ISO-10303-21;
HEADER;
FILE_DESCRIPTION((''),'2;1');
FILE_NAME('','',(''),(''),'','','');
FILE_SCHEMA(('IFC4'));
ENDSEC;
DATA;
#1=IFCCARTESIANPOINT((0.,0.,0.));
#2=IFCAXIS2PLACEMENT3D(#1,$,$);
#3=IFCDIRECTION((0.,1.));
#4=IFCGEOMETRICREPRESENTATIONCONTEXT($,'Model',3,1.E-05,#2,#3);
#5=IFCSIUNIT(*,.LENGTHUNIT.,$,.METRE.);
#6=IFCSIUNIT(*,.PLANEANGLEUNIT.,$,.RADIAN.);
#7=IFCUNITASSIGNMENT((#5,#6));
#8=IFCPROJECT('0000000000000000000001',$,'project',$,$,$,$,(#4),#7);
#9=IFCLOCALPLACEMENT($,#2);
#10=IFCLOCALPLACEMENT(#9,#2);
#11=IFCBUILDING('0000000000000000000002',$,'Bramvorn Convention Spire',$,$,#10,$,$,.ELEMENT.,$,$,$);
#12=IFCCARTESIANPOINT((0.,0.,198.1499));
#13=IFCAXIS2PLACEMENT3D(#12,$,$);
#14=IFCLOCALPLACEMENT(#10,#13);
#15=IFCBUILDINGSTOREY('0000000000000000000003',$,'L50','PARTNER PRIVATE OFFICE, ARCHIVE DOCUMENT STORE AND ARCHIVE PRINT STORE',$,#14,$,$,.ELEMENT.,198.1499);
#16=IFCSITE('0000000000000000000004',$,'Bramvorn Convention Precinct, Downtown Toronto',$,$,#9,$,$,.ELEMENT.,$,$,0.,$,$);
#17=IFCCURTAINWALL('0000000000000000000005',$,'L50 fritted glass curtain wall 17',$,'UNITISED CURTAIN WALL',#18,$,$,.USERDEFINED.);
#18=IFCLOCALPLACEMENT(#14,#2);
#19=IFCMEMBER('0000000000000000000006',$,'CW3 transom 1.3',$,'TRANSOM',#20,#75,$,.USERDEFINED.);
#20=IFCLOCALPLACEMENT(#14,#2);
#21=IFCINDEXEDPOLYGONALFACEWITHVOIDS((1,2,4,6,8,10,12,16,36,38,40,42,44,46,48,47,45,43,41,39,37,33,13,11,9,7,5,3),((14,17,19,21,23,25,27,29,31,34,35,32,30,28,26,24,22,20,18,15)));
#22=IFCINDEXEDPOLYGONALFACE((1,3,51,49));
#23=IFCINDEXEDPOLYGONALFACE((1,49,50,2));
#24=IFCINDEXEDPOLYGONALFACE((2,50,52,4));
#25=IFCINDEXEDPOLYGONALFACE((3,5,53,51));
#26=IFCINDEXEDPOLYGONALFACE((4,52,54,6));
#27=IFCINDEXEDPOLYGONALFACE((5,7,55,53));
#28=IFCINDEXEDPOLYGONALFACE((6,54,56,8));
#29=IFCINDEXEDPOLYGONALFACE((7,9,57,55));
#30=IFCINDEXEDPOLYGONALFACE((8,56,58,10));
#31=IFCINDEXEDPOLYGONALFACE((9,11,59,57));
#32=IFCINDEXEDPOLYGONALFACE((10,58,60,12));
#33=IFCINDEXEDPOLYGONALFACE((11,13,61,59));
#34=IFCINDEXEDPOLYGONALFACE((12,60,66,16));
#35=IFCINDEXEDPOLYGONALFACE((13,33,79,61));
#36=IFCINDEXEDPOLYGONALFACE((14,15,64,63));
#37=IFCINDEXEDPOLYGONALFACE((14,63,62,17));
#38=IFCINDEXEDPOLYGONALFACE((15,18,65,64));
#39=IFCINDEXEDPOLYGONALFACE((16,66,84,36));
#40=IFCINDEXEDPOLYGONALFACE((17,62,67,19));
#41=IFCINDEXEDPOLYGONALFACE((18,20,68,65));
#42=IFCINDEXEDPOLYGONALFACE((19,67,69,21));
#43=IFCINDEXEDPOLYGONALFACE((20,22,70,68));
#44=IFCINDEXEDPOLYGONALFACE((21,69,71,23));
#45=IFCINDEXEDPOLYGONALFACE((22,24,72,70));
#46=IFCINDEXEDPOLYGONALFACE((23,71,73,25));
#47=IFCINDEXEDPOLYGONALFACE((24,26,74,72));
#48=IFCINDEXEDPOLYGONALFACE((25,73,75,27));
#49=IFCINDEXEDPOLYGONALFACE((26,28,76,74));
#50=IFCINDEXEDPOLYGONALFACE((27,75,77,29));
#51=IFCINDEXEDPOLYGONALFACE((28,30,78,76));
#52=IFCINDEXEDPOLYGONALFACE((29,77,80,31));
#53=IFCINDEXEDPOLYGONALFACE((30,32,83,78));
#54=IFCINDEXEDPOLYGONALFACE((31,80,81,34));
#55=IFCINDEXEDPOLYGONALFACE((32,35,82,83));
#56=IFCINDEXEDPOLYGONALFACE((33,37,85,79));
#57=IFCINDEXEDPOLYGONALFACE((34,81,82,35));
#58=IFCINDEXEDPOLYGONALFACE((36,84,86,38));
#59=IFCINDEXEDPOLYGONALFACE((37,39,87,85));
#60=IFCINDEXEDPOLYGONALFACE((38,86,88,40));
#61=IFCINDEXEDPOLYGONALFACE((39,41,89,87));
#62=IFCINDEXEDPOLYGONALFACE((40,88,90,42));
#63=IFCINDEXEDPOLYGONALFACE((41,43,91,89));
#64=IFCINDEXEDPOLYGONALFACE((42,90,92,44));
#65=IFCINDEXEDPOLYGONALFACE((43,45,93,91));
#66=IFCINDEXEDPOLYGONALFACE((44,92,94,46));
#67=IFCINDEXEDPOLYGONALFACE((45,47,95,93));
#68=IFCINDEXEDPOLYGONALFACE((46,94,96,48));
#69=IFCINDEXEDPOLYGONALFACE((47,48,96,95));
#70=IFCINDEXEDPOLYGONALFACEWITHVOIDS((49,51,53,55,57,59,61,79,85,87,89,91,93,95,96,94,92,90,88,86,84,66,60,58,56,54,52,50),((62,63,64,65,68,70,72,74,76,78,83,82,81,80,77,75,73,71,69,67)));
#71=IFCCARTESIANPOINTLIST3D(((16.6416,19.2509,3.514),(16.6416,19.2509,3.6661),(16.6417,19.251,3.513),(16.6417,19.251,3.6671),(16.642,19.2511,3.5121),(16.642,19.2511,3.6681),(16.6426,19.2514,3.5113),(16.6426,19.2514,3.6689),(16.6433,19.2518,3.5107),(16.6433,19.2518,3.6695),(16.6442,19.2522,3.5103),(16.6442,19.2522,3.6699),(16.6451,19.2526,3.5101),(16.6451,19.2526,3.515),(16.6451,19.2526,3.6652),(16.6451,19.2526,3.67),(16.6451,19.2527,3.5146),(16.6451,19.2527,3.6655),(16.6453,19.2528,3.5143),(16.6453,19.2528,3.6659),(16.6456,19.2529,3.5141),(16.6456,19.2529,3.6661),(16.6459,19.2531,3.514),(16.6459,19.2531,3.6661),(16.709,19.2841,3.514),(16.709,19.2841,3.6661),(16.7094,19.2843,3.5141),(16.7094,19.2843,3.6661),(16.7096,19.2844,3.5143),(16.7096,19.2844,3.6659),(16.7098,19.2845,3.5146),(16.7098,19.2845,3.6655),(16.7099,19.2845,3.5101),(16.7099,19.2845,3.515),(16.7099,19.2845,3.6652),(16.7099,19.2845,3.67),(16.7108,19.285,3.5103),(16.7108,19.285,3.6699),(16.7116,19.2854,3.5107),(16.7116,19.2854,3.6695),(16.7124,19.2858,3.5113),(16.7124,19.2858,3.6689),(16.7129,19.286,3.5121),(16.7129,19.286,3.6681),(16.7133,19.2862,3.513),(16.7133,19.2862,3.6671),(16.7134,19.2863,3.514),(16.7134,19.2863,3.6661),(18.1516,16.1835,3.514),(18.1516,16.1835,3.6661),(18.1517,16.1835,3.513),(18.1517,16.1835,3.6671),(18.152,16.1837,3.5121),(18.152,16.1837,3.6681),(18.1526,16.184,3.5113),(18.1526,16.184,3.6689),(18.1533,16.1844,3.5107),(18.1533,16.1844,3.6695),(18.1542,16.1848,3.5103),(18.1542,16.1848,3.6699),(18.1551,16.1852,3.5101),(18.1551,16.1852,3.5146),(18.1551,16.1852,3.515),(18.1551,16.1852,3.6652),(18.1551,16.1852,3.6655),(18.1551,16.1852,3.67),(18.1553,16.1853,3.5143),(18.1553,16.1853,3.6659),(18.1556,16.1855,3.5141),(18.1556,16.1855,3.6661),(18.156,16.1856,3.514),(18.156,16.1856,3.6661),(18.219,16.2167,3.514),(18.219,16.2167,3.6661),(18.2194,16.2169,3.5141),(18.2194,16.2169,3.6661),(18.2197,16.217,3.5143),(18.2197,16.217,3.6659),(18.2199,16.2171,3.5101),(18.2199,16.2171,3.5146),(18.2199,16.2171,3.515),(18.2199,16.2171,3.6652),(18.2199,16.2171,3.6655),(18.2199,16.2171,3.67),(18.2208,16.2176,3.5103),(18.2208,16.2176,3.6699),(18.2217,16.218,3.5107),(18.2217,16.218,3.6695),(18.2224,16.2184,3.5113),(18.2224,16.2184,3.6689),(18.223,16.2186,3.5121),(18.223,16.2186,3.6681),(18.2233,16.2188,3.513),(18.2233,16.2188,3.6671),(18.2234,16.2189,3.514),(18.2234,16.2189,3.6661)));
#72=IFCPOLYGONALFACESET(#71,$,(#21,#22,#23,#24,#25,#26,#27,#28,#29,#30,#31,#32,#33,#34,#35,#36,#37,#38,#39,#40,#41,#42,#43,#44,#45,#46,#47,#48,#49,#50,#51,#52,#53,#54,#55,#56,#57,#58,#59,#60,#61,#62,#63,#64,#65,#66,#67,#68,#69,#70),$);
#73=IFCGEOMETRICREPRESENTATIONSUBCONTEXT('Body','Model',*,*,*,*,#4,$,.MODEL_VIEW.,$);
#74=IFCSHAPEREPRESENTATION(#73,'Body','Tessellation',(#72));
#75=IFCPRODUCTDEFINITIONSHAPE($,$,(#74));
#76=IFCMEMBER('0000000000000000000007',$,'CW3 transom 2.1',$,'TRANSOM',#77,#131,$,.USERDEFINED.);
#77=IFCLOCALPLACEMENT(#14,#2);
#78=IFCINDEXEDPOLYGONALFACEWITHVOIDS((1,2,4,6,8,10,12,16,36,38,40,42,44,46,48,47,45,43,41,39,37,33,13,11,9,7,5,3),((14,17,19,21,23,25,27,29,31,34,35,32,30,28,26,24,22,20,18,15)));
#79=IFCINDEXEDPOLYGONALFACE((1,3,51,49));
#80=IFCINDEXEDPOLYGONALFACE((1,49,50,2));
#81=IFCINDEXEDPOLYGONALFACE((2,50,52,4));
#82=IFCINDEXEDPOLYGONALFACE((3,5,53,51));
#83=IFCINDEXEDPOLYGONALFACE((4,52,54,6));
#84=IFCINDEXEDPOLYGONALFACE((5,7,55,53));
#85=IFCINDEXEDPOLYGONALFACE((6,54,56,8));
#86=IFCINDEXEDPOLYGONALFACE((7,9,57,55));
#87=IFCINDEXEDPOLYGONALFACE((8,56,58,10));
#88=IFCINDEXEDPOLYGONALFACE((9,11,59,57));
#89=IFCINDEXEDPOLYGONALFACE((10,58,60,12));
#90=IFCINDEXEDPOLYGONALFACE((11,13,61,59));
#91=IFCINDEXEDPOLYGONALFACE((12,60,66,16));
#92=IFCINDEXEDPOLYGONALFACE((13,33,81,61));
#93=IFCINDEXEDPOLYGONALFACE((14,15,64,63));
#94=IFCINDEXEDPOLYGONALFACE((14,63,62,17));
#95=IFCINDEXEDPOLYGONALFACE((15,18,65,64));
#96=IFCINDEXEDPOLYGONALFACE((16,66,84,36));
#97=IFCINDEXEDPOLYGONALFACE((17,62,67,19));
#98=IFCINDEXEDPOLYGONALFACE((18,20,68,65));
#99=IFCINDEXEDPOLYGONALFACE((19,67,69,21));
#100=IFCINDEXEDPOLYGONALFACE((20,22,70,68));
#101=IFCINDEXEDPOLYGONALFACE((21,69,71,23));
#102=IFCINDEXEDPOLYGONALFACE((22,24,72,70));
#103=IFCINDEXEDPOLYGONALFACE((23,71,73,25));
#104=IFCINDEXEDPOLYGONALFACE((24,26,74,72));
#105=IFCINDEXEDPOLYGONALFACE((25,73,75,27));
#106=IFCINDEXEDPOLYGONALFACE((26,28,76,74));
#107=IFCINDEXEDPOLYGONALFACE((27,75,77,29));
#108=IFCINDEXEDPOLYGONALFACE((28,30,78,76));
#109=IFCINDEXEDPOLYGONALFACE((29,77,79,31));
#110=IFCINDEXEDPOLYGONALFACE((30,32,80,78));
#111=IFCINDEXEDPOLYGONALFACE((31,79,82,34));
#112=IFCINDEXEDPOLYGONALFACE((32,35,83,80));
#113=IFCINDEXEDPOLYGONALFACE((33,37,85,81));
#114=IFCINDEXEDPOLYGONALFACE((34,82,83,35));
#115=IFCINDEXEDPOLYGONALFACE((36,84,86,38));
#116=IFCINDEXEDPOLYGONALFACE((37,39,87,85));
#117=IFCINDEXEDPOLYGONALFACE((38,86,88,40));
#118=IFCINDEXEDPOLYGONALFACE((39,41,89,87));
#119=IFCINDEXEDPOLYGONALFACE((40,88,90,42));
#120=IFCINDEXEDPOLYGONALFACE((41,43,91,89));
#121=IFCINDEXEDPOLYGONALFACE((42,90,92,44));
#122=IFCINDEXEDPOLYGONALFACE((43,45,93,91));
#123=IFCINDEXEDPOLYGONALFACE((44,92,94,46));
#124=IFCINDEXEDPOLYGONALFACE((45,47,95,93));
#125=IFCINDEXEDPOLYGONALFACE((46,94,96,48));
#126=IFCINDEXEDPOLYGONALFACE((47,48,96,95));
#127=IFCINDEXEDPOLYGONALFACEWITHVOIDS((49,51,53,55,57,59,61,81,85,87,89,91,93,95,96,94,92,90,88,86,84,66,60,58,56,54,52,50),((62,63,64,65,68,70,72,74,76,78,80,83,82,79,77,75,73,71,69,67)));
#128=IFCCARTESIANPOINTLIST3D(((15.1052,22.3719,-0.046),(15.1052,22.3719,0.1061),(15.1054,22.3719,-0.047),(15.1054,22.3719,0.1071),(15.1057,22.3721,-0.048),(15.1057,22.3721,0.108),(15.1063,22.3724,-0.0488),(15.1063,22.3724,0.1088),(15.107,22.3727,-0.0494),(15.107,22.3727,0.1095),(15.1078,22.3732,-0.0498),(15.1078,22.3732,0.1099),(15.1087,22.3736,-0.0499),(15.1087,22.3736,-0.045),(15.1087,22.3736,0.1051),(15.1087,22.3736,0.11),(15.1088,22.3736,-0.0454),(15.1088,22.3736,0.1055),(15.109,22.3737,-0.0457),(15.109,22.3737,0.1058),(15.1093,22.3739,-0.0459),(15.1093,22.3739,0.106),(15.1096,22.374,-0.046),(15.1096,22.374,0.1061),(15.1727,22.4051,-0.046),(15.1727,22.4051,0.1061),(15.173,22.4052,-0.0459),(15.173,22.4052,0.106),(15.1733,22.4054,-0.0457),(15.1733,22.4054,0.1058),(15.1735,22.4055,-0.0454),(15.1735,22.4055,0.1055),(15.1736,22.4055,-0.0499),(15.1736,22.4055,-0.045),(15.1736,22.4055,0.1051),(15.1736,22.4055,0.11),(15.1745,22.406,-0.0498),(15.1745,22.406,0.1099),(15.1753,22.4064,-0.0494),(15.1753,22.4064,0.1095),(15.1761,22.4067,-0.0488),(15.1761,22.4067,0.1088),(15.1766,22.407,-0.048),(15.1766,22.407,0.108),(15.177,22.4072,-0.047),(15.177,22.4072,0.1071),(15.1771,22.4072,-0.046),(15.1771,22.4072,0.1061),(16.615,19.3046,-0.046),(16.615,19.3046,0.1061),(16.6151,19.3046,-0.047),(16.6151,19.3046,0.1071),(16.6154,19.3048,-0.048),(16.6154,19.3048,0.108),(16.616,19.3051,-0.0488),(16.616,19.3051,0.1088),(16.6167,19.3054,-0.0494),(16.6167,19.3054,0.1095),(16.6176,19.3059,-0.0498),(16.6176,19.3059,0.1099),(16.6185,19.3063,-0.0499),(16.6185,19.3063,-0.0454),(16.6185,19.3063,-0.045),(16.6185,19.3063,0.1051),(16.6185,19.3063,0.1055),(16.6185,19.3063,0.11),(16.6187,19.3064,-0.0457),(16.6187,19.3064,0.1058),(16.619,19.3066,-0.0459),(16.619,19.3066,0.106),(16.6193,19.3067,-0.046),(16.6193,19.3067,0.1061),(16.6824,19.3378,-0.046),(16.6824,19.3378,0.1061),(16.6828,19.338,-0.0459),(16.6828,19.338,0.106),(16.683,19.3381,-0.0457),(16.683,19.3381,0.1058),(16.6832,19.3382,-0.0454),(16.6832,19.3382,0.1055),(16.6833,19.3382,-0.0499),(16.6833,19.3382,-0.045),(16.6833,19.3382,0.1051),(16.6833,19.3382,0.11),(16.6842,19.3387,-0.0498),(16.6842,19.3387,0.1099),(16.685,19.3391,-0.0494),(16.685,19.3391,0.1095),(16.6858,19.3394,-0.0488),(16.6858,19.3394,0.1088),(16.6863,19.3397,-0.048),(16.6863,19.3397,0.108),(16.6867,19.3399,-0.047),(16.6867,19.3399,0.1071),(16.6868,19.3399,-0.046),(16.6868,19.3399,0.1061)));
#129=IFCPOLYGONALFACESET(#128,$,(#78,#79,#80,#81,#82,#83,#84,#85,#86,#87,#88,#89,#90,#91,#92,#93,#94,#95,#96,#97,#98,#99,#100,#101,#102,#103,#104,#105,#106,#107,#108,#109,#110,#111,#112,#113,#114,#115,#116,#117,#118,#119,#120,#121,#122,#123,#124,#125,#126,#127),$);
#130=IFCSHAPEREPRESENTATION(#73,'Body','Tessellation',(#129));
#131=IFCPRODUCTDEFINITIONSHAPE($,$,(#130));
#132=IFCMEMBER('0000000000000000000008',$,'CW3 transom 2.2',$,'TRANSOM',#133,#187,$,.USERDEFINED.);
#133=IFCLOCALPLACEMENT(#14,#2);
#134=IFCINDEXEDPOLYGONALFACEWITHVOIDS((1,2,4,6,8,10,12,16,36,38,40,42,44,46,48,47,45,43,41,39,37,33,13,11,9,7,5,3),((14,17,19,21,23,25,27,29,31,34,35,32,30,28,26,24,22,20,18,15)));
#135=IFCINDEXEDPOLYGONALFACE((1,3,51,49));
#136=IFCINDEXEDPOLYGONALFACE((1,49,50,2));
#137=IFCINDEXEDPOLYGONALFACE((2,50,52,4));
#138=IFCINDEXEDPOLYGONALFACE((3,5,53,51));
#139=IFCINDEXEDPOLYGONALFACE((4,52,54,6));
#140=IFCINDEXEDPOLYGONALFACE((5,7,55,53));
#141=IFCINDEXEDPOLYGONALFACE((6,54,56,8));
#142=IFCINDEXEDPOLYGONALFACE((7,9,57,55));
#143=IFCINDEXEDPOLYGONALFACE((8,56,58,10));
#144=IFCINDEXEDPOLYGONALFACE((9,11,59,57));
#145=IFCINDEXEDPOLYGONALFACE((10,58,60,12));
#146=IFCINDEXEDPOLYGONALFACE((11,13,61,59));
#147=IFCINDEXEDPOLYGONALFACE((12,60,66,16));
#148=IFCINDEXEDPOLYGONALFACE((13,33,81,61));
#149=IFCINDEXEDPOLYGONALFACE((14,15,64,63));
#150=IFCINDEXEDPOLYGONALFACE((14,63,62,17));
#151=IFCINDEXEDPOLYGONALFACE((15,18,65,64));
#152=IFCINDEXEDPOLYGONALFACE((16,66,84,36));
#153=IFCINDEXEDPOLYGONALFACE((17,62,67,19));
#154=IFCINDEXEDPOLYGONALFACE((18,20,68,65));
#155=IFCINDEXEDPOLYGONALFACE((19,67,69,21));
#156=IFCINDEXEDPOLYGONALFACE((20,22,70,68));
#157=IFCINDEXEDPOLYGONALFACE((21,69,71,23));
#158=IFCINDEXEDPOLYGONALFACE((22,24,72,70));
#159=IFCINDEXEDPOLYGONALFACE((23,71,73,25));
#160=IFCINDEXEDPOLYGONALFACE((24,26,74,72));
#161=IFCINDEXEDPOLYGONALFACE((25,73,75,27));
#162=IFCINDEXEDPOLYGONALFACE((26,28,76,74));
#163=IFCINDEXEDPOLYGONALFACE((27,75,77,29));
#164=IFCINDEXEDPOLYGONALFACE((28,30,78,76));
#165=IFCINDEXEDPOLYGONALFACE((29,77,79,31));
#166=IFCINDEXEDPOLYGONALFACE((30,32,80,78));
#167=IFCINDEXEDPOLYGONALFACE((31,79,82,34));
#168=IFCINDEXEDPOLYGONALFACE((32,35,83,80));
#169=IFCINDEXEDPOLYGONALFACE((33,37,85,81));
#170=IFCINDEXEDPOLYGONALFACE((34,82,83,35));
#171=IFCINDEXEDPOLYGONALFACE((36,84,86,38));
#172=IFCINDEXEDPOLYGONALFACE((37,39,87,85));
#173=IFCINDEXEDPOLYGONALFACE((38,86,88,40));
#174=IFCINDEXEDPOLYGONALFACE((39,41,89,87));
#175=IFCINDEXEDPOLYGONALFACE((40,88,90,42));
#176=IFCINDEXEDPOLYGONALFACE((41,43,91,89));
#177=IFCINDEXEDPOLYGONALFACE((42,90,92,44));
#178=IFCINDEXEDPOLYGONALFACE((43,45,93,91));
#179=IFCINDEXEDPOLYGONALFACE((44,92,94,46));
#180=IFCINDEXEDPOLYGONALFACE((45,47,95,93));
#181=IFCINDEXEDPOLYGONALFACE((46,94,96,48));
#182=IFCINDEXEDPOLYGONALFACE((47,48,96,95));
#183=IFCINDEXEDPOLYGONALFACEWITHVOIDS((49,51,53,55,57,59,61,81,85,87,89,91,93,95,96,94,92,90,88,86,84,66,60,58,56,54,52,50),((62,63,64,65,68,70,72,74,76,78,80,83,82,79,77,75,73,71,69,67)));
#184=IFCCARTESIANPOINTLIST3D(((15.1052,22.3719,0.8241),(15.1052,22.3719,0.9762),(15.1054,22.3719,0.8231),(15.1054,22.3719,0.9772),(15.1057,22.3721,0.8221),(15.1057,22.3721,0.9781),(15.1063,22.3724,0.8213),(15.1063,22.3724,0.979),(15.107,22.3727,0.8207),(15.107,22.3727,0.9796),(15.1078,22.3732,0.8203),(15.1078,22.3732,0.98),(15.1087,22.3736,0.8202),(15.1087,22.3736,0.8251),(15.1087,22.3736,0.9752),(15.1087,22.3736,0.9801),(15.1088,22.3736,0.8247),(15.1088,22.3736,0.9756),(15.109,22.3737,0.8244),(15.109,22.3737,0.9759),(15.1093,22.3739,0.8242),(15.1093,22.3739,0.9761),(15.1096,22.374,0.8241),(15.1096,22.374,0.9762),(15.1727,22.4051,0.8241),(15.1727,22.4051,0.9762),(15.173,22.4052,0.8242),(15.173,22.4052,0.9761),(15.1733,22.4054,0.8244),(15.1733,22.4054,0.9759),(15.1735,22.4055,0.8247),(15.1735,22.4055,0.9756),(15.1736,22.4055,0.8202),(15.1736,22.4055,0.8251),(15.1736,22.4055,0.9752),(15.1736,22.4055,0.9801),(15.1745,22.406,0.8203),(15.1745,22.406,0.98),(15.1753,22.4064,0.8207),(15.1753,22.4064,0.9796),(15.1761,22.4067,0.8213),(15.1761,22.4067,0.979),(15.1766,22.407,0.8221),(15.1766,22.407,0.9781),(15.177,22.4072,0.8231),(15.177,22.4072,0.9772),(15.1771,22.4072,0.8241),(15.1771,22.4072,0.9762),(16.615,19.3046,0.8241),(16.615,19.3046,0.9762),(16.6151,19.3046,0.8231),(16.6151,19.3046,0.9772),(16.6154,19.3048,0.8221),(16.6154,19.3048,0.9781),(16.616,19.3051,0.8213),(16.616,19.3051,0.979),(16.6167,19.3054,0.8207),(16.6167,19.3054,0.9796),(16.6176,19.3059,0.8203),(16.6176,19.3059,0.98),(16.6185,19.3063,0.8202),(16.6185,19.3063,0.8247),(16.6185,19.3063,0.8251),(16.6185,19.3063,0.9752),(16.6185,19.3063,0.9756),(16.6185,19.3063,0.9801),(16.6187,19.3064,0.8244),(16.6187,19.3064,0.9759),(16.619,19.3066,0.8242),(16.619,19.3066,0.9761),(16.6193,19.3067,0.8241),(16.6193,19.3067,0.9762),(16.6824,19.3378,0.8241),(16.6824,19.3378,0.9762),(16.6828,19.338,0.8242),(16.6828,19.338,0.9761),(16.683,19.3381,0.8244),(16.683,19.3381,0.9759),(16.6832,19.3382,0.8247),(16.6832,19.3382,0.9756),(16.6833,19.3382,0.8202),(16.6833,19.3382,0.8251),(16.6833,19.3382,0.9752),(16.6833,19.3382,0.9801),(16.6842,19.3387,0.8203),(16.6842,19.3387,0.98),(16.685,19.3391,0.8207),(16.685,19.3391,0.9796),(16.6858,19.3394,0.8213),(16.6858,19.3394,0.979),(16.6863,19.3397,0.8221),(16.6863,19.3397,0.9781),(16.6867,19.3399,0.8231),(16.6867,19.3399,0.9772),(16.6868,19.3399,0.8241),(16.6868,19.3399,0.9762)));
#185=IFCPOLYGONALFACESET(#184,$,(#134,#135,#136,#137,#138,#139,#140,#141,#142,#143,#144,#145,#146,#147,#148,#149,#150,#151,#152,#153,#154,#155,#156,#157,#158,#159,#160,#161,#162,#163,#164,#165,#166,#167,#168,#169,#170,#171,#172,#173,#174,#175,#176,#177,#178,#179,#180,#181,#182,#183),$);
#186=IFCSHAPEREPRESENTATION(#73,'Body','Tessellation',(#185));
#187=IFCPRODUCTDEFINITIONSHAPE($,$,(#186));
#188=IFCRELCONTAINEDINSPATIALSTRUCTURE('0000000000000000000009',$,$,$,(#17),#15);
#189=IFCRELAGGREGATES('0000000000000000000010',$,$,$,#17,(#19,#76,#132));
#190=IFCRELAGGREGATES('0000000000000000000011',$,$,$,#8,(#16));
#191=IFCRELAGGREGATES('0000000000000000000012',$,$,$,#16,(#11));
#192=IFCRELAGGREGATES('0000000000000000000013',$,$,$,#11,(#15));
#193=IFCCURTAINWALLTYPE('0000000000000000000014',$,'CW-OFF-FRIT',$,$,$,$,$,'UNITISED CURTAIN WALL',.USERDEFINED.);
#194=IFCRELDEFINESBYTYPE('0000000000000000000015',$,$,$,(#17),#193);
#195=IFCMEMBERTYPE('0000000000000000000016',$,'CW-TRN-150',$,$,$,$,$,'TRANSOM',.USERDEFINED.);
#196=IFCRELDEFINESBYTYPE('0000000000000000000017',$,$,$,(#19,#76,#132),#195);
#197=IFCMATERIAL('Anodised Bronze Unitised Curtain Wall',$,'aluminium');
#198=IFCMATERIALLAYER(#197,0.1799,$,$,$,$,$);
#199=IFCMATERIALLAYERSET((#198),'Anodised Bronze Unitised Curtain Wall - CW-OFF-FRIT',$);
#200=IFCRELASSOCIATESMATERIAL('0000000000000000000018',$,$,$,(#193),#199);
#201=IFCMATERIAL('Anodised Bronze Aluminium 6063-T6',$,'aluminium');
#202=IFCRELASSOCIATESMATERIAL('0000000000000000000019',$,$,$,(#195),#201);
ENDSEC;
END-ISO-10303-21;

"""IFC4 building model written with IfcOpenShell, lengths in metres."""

from ifc_helpers import new_model, si_unit, direction, frame, origin, origin_2d, place, context, subcontext, project, spatial, hollow_rectangle, extrude, material, layer, layer_set, material_profile, profile_set, type_object, element, aggregate, save


model = new_model("IFC4")

# Units and contexts
model_context = context("Model", 3, precision=1e-05, world=origin(), true_north=direction((0.0, 1.0)))
body_context = subcontext(model_context, "Body", "Model", "MODEL_VIEW")
ifc_project = project(units=[si_unit("LENGTHUNIT", "METRE"), si_unit("PLANEANGLEUNIT", "RADIAN")], contexts=[model_context])

# Site, building, storey
site_placement = place(None, origin())
site = spatial("IfcSite", under=ifc_project, at=site_placement, Name="Bramvorn Convention Precinct, Downtown Toronto", CompositionType="ELEMENT", RefElevation=0.0)
building_placement = place(site_placement, origin())
building = spatial("IfcBuilding", under=site, at=building_placement, Name="Bramvorn Convention Spire", CompositionType="ELEMENT")
storey_placement = place(building_placement, frame((0.0, 0.0, 198.1499)))
storey = spatial("IfcBuildingStorey", under=building, at=storey_placement, Name="L50", Description="PARTNER PRIVATE OFFICE, ARCHIVE DOCUMENT STORE AND ARCHIVE PRINT STORE", CompositionType="ELEMENT", Elevation=198.1499)

# Curtain wall
ifc_material_1 = material(Name="Anodised Bronze Unitised Curtain Wall", Category="aluminium")
ifc_layer_1 = layer(ifc_material_1, 0.1799)
ifc_layer_set_1 = layer_set([ifc_layer_1], Name="Anodised Bronze Unitised Curtain Wall - CW-OFF-FRIT")
curtain_wall_type = type_object("IfcCurtainWallType", Name="CW-OFF-FRIT", ElementType="UNITISED CURTAIN WALL", PredefinedType="USERDEFINED", material=ifc_layer_set_1)
curtain_wall_1_placement = place(storey_placement, origin())
curtain_wall_1 = element("IfcCurtainWall", 1, at=curtain_wall_1_placement, inside=storey, type_object=curtain_wall_type, Name="L50 fritted glass curtain wall 17", ObjectType="UNITISED CURTAIN WALL", PredefinedType="USERDEFINED")
ifc_material_2 = material(Name="Anodised Bronze Aluminium 6063-T6", Category="aluminium")

# Members
ifc_material_profile_1 = material_profile(ifc_material_2, hollow_rectangle(XDim=0.0801, YDim=0.1599, WallThickness=0.0039, InnerFilletRadius=0.001, OuterFilletRadius=0.0039, at=origin_2d()))
ifc_profile_set_1 = profile_set([ifc_material_profile_1], Name="Anodised Bronze Aluminium 6063-T6 - CWT80X160")
member_type_1 = type_object("IfcMemberType", Name="CW-TRN-150", ElementType="TRANSOM", PredefinedType="USERDEFINED", material=ifc_profile_set_1)
member_1_placement = place(storey_placement, frame((18.1875, 16.2012, 3.5901), z_axis=(-0.441664, 0.897181, 0.0), x_axis=(-0.897181, -0.441664, 0.0)))
member_1 = element("IfcMember", 2, at=member_1_placement, type_object=member_type_1, Name="CW3 transom 1.3", ObjectType="TRANSOM", PredefinedType="USERDEFINED", context=body_context, shape_type="SweptSolid", body=[
    extrude(hollow_rectangle(XDim=0.0801, YDim=0.1599, WallThickness=0.0039, InnerFilletRadius=0.001, OuterFilletRadius=0.0039, at=origin_2d()), origin(), (0.0, 0.0, 1.0), 3.4189),
])
member_2_placement = place(storey_placement, frame((16.6509, 19.3223, 0.03), z_axis=(-0.441606, 0.897209, 0.0), x_axis=(-0.897209, -0.441606, 0.0)))
member_2 = element("IfcMember", 3, at=member_2_placement, type_object=member_type_1, Name="CW3 transom 2.1", ObjectType="TRANSOM", PredefinedType="USERDEFINED", context=body_context, shape_type="SweptSolid", body=[
    extrude(hollow_rectangle(XDim=0.0801, YDim=0.1599, WallThickness=0.0039, InnerFilletRadius=0.001, OuterFilletRadius=0.0039, at=origin_2d()), origin(), (0.0, 0.0, 1.0), 3.4187),
])
member_3_placement = place(storey_placement, frame((16.6509, 19.3223, 0.9001), z_axis=(-0.441606, 0.897209, 0.0), x_axis=(-0.897209, -0.441606, 0.0)))
member_3 = element("IfcMember", 4, at=member_3_placement, type_object=member_type_1, Name="CW3 transom 2.2", ObjectType="TRANSOM", PredefinedType="USERDEFINED", context=body_context, shape_type="SweptSolid", body=[
    extrude(hollow_rectangle(XDim=0.0801, YDim=0.1599, WallThickness=0.0039, InnerFilletRadius=0.001, OuterFilletRadius=0.0039, at=origin_2d()), origin(), (0.0, 0.0, 1.0), 3.4187),
])

aggregate(curtain_wall_1, [member_1, member_2, member_3])

save(model, "model.ifc")
